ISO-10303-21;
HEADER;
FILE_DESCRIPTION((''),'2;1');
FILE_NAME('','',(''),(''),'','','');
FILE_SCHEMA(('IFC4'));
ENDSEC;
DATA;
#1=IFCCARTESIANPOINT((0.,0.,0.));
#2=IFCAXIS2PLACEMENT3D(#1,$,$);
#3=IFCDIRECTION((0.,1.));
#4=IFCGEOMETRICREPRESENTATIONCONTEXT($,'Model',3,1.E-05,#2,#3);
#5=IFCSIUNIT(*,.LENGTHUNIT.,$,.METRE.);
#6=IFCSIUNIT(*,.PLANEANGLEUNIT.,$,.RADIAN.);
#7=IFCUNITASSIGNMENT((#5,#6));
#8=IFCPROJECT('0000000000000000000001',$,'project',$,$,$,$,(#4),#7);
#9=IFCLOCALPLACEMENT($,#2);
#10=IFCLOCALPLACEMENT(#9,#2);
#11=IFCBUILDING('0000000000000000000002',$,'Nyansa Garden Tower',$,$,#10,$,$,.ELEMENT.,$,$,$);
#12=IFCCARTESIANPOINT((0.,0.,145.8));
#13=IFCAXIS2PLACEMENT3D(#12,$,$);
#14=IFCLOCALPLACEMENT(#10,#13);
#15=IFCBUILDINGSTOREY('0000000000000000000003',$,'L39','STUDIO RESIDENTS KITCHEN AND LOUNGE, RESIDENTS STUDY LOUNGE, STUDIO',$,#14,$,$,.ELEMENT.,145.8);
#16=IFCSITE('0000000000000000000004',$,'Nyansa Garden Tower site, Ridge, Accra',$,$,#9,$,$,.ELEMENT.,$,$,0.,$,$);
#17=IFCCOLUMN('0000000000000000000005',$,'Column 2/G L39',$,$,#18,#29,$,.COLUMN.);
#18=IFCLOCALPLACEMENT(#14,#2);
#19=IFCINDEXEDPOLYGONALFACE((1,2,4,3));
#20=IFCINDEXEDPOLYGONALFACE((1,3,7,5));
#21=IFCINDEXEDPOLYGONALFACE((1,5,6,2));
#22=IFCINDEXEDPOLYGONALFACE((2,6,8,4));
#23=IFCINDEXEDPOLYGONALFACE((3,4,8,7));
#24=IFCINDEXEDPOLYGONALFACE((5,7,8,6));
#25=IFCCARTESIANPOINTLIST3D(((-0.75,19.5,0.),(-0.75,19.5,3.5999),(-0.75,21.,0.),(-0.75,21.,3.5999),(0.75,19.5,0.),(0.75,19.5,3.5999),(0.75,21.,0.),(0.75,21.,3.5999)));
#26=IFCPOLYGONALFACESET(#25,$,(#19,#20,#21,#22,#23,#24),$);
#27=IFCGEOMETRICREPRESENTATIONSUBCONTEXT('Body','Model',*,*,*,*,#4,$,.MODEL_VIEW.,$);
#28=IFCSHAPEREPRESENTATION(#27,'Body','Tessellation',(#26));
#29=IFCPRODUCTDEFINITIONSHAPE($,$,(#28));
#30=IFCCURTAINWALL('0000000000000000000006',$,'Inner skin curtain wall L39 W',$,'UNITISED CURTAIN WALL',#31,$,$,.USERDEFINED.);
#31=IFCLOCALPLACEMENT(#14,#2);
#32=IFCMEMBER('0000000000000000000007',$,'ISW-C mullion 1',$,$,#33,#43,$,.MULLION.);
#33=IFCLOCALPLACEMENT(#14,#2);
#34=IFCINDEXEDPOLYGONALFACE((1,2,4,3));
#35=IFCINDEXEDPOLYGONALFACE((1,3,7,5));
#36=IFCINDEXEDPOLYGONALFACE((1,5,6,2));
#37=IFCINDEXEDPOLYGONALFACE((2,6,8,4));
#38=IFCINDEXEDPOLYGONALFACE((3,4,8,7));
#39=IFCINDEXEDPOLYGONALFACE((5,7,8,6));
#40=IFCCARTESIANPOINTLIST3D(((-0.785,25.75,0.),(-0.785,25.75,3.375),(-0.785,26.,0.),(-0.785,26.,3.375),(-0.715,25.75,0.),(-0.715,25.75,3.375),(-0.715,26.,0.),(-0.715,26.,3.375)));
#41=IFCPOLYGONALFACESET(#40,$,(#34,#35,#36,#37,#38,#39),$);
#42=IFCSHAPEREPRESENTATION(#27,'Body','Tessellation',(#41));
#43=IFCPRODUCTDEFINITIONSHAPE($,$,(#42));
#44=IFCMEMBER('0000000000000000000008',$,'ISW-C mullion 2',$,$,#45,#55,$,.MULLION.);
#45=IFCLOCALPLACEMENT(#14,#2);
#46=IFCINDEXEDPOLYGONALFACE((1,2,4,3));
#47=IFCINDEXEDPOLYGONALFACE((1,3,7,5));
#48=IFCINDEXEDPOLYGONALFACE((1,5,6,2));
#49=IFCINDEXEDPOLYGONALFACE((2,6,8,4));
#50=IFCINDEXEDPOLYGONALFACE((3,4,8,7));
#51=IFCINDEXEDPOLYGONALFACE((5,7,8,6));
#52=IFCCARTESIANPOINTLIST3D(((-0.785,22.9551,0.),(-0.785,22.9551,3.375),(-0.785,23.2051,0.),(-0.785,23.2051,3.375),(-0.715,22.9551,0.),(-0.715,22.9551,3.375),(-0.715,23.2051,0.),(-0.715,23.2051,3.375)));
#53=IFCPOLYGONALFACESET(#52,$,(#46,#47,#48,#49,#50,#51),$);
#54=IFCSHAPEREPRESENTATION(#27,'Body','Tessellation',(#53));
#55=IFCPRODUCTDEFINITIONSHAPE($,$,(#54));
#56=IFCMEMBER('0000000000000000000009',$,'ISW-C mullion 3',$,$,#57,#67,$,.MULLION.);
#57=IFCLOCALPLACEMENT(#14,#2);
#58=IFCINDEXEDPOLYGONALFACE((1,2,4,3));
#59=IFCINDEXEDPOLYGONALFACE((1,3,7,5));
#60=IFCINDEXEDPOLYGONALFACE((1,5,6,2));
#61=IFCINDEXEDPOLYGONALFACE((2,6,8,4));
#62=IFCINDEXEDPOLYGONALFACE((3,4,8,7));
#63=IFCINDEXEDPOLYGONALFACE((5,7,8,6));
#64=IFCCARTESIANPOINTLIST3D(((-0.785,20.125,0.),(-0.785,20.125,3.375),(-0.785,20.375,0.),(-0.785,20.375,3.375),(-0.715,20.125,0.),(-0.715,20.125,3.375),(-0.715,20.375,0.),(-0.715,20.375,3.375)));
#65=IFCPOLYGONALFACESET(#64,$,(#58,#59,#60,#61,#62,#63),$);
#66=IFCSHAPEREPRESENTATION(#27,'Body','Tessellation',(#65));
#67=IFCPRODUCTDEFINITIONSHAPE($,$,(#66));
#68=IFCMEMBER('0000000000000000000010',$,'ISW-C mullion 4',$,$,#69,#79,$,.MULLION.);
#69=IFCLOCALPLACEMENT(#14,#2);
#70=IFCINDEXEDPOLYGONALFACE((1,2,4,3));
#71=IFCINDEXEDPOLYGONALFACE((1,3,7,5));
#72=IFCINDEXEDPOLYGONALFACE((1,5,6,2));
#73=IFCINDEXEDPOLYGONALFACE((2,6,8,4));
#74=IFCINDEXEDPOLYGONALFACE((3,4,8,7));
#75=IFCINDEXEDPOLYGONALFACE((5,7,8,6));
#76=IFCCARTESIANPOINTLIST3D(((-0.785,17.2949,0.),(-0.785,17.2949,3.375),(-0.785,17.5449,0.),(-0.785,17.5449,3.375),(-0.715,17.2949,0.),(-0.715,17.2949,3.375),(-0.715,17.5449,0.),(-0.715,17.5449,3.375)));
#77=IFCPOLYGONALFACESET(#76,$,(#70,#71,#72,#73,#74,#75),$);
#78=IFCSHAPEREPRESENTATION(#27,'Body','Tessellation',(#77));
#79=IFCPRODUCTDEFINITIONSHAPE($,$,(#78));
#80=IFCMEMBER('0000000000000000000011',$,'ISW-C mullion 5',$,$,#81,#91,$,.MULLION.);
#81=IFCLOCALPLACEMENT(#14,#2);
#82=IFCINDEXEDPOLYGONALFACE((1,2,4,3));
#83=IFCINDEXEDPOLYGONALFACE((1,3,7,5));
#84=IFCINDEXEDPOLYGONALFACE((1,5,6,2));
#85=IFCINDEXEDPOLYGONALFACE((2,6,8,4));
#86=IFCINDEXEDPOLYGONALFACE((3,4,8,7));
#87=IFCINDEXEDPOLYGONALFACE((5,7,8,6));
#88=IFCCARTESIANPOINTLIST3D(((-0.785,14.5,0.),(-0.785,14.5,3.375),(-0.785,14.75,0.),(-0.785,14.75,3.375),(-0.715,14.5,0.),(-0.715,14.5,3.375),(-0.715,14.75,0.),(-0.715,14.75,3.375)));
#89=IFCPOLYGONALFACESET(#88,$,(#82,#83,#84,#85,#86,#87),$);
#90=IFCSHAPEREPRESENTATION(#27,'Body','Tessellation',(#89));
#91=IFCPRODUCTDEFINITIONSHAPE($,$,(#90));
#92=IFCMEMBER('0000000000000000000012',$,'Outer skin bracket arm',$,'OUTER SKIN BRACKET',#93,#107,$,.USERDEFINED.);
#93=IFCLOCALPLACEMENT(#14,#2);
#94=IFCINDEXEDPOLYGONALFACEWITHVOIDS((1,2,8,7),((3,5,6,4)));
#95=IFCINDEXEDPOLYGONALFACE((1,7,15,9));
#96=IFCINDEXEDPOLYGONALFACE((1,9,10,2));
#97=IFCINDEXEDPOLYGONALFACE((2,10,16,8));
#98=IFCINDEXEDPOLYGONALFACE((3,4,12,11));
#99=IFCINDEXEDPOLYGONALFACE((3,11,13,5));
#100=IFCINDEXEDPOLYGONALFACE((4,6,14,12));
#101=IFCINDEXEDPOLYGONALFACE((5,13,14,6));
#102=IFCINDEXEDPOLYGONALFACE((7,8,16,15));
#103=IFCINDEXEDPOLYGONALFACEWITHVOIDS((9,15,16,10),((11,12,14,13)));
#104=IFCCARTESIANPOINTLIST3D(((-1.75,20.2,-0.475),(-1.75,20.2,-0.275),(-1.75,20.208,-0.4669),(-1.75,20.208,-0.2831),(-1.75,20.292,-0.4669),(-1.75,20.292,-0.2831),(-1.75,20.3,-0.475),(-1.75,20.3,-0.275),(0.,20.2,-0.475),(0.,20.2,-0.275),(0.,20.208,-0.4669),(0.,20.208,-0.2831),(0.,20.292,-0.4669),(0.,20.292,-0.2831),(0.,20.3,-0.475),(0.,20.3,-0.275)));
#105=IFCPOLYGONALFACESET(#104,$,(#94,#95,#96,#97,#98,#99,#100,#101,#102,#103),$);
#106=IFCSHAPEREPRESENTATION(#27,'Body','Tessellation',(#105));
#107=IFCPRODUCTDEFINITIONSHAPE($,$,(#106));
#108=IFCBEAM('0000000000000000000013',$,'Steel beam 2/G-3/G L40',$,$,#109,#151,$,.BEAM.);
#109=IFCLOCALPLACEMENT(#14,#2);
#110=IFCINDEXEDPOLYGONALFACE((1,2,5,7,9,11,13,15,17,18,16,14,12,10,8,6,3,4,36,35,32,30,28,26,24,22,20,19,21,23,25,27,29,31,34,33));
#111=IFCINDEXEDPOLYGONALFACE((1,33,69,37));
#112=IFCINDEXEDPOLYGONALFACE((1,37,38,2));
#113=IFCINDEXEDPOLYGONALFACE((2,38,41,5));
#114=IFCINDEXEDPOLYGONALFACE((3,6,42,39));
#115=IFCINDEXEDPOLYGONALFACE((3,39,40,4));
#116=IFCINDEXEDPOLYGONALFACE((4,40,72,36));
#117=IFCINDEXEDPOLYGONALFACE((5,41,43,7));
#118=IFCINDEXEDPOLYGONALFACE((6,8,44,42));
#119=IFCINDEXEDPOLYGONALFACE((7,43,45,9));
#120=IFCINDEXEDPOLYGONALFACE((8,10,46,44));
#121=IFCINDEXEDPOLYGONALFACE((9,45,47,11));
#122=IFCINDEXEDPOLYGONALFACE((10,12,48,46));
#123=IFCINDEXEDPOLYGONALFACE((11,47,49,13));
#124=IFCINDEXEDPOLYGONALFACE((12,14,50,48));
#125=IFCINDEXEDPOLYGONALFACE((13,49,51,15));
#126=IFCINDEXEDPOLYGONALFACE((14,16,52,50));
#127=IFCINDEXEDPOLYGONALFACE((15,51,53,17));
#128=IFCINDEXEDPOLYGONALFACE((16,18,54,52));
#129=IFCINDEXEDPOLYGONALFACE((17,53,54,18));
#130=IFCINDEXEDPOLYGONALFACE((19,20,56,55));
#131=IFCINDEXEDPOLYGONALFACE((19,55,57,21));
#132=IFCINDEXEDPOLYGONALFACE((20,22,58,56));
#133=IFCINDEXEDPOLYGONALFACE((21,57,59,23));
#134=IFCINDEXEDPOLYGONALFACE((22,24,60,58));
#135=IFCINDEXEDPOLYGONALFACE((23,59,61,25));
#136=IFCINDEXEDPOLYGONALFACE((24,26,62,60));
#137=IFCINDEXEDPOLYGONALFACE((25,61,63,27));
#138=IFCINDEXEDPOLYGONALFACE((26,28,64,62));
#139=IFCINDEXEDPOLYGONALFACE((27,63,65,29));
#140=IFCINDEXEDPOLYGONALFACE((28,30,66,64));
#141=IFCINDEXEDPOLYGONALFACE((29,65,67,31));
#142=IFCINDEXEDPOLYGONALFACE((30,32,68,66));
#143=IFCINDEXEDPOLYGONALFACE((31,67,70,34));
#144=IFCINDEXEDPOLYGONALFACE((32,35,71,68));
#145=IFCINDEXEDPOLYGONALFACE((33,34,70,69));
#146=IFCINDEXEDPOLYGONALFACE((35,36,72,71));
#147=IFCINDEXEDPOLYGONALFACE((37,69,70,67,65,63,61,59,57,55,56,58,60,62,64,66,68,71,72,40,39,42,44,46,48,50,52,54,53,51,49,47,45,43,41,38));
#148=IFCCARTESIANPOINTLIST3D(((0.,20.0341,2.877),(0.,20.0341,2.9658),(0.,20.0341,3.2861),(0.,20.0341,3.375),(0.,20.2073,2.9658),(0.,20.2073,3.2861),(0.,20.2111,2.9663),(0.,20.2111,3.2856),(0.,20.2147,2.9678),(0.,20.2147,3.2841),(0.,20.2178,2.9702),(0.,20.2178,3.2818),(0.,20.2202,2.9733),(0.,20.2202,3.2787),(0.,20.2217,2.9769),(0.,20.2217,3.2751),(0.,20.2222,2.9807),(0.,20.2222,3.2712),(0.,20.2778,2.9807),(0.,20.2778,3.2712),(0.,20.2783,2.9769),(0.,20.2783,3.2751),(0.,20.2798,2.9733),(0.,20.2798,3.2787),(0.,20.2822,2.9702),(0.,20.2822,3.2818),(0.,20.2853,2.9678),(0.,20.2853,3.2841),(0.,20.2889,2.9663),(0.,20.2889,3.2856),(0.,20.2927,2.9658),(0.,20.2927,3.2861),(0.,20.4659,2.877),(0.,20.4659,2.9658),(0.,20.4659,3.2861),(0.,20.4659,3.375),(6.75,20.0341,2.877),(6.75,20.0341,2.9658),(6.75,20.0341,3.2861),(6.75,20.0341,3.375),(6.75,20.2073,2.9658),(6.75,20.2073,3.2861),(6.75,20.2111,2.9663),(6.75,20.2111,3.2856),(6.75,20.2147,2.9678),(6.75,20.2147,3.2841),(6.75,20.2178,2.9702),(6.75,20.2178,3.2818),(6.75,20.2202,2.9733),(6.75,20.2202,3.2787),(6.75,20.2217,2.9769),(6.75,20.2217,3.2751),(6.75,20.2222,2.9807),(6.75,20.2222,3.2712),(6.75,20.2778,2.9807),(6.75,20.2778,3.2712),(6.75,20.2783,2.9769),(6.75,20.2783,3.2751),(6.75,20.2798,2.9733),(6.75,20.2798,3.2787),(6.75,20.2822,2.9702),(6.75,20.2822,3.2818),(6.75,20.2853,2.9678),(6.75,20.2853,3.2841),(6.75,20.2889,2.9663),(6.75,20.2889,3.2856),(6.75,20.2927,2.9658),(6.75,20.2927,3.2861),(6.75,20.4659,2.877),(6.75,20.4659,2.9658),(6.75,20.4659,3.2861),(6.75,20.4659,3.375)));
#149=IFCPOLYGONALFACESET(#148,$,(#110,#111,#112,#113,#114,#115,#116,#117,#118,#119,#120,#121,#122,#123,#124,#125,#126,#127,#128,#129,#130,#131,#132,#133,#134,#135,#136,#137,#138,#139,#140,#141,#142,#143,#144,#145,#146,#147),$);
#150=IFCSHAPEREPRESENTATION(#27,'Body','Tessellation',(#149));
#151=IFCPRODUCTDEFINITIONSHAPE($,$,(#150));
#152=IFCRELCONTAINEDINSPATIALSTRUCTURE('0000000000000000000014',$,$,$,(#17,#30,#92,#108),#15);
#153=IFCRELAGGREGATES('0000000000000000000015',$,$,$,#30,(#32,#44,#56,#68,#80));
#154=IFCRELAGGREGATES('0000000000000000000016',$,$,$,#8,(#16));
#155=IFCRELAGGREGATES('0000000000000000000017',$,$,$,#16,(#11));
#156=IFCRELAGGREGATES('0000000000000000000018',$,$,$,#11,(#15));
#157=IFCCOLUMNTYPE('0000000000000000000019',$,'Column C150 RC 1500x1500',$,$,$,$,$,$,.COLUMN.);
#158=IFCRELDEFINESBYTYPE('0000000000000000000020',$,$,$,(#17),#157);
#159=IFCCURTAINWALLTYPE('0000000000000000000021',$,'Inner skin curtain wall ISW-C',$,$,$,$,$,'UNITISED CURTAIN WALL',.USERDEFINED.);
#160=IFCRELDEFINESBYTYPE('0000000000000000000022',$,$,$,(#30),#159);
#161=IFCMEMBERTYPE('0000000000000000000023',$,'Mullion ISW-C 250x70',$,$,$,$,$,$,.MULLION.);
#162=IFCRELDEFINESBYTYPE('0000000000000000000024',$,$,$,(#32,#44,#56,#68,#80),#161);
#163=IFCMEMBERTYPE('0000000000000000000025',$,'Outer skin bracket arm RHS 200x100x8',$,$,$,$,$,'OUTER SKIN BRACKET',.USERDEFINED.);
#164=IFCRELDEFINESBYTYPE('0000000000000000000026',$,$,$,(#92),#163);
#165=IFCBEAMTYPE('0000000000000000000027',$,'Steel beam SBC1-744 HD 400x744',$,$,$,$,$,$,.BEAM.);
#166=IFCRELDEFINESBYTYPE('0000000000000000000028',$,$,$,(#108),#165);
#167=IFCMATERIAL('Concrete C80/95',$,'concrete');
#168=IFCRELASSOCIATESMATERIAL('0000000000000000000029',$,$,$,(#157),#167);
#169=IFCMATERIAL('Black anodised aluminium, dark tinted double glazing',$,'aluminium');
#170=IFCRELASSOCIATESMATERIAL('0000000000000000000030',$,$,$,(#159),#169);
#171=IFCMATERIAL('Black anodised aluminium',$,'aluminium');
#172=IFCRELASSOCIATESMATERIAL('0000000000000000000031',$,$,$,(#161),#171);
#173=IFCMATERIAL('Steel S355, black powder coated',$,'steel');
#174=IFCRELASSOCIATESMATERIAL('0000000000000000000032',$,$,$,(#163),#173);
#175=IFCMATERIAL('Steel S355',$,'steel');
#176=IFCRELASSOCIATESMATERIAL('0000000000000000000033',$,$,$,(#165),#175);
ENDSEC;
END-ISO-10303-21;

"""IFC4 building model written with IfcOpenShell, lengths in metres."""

from ifc_helpers import new_model, si_unit, direction, frame, origin, origin_2d, place, context, subcontext, project, spatial, rectangle, hollow_rectangle, i_section, extrude, material, material_profile, profile_set, type_object, element, aggregate, save


model = new_model("IFC4")

# Units and contexts
model_context = context("Model", 3, precision=1e-05, world=origin(), true_north=direction((0.0, 1.0)))
body_context = subcontext(model_context, "Body", "Model", "MODEL_VIEW")
ifc_project = project(units=[si_unit("LENGTHUNIT", "METRE"), si_unit("PLANEANGLEUNIT", "RADIAN")], contexts=[model_context])

# Site, building, storey
site_placement = place(None, origin())
site = spatial("IfcSite", under=ifc_project, at=site_placement, Name="Nyansa Garden Tower site, Ridge, Accra", CompositionType="ELEMENT", RefElevation=0.0)
building_placement = place(site_placement, origin())
building = spatial("IfcBuilding", under=site, at=building_placement, Name="Nyansa Garden Tower", CompositionType="ELEMENT")
storey_placement = place(building_placement, frame((0.0, 0.0, 145.8)))
storey = spatial("IfcBuildingStorey", under=building, at=storey_placement, Name="L39", Description="STUDIO RESIDENTS KITCHEN AND LOUNGE, RESIDENTS STUDY LOUNGE, STUDIO", CompositionType="ELEMENT", Elevation=145.8)

# Column
ifc_material_1 = material(Name="Concrete C80/95", Category="concrete")
ifc_material_profile_1 = material_profile(ifc_material_1, rectangle(XDim=1.5, YDim=1.5, at=origin_2d()), Name="RC 1500x1500")
ifc_profile_set_1 = profile_set([ifc_material_profile_1], Name="Concrete C80/95")
column_type = type_object("IfcColumnType", Name="Column C150 RC 1500x1500", PredefinedType="COLUMN", material=ifc_profile_set_1)
column_placement = place(storey_placement, frame((0.0, 20.25, 0.0), z_axis=(0.0, 0.0, 1.0), x_axis=(1.0, 0.0, 0.0)))
element("IfcColumn", 1, at=column_placement, inside=storey, type_object=column_type, Name="Column 2/G L39", PredefinedType="COLUMN", context=body_context, shape_type="SweptSolid", body=[
    extrude(rectangle(XDim=1.5, YDim=1.5, at=origin_2d()), origin(), (0.0, 0.0, 1.0), 3.5999),
])

# Curtain wall, members
ifc_material_2 = material(Name="Black anodised aluminium, dark tinted double glazing", Category="aluminium")
curtain_wall_type = type_object("IfcCurtainWallType", Name="Inner skin curtain wall ISW-C", ElementType="UNITISED CURTAIN WALL", PredefinedType="USERDEFINED", material=ifc_material_2)
curtain_wall_placement = place(storey_placement, origin())
curtain_wall = element("IfcCurtainWall", 2, at=curtain_wall_placement, inside=storey, type_object=curtain_wall_type, Name="Inner skin curtain wall L39 W", ObjectType="UNITISED CURTAIN WALL", PredefinedType="USERDEFINED")
ifc_material_3 = material(Name="Black anodised aluminium", Category="aluminium")
ifc_material_profile_2 = material_profile(ifc_material_3, rectangle(XDim=0.0701, YDim=0.25, at=origin_2d()), Name="Mullion 250x70")
ifc_profile_set_2 = profile_set([ifc_material_profile_2], Name="Black anodised aluminium")
member_type_1 = type_object("IfcMemberType", Name="Mullion ISW-C 250x70", PredefinedType="MULLION", material=ifc_profile_set_2)
member_1_placement = place(storey_placement, frame((-0.75, 25.875, 0.0), z_axis=(0.0, 0.0, 1.0), x_axis=(1.0, 0.0, 0.0)))
member_1 = element("IfcMember", 3, at=member_1_placement, type_object=member_type_1, Name="ISW-C mullion 1", PredefinedType="MULLION", context=body_context, shape_type="SweptSolid", body=[
    extrude(rectangle(XDim=0.0701, YDim=0.25, at=origin_2d()), origin(), (0.0, 0.0, 1.0), 3.375),
])
member_2_placement = place(storey_placement, frame((-0.75, 23.0801, 0.0), z_axis=(0.0, 0.0, 1.0), x_axis=(1.0, 0.0, 0.0)))
member_2 = element("IfcMember", 4, at=member_2_placement, type_object=member_type_1, Name="ISW-C mullion 2", PredefinedType="MULLION", context=body_context, shape_type="SweptSolid", body=[
    extrude(rectangle(XDim=0.0701, YDim=0.25, at=origin_2d()), origin(), (0.0, 0.0, 1.0), 3.375),
])
member_3_placement = place(storey_placement, frame((-0.75, 20.25, 0.0), z_axis=(0.0, 0.0, 1.0), x_axis=(1.0, 0.0, 0.0)))
member_3 = element("IfcMember", 5, at=member_3_placement, type_object=member_type_1, Name="ISW-C mullion 3", PredefinedType="MULLION", context=body_context, shape_type="SweptSolid", body=[
    extrude(rectangle(XDim=0.0701, YDim=0.25, at=origin_2d()), origin(), (0.0, 0.0, 1.0), 3.375),
])
member_4_placement = place(storey_placement, frame((-0.75, 17.4199, 0.0), z_axis=(0.0, 0.0, 1.0), x_axis=(1.0, 0.0, 0.0)))
member_4 = element("IfcMember", 6, at=member_4_placement, type_object=member_type_1, Name="ISW-C mullion 4", PredefinedType="MULLION", context=body_context, shape_type="SweptSolid", body=[
    extrude(rectangle(XDim=0.0701, YDim=0.25, at=origin_2d()), origin(), (0.0, 0.0, 1.0), 3.375),
])
member_5_placement = place(storey_placement, frame((-0.75, 14.625, 0.0), z_axis=(0.0, 0.0, 1.0), x_axis=(1.0, 0.0, 0.0)))
member_5 = element("IfcMember", 7, at=member_5_placement, type_object=member_type_1, Name="ISW-C mullion 5", PredefinedType="MULLION", context=body_context, shape_type="SweptSolid", body=[
    extrude(rectangle(XDim=0.0701, YDim=0.25, at=origin_2d()), origin(), (0.0, 0.0, 1.0), 3.375),
])

# Member
ifc_material_4 = material(Name="Steel S355, black powder coated", Category="steel")
ifc_material_profile_3 = material_profile(ifc_material_4, hollow_rectangle(XDim=0.1001, YDim=0.2, WallThickness=0.0081, at=origin_2d()), Name="RHS 200x100x8")
ifc_profile_set_3 = profile_set([ifc_material_profile_3], Name="Steel S355, black powder coated")
member_type_2 = type_object("IfcMemberType", Name="Outer skin bracket arm RHS 200x100x8", ElementType="OUTER SKIN BRACKET", PredefinedType="USERDEFINED", material=ifc_profile_set_3)
member_6_placement = place(storey_placement, frame((0.0, 20.25, -0.375), z_axis=(-1.0, 0.0, 0.0), x_axis=(0.0, -1.0, 0.0)))
element("IfcMember", 8, at=member_6_placement, inside=storey, type_object=member_type_2, Name="Outer skin bracket arm", ObjectType="OUTER SKIN BRACKET", PredefinedType="USERDEFINED", context=body_context, shape_type="SweptSolid", body=[
    extrude(hollow_rectangle(XDim=0.1001, YDim=0.2, WallThickness=0.0081, at=origin_2d()), origin(), (0.0, 0.0, 1.0), 1.75),
])

# Beam
ifc_material_5 = material(Name="Steel S355", Category="steel")
ifc_material_profile_4 = material_profile(ifc_material_5, i_section(OverallWidth=0.4319, OverallDepth=0.498, WebThickness=0.0557, FlangeThickness=0.0889, FilletRadius=0.0149, at=origin_2d()), Name="HD 400x744")
ifc_profile_set_4 = profile_set([ifc_material_profile_4], Name="Steel S355")
beam_type_1 = type_object("IfcBeamType", Name="Steel beam SBC1-744 HD 400x744", PredefinedType="BEAM", material=ifc_profile_set_4)
beam_1_placement = place(storey_placement, frame((0.0, 20.25, 3.126), z_axis=(1.0, 0.0, 0.0), x_axis=(0.0, 1.0, 0.0)))
element("IfcBeam", 9, at=beam_1_placement, inside=storey, type_object=beam_type_1, Name="Steel beam 2/G-3/G L40", PredefinedType="BEAM", context=body_context, shape_type="SweptSolid", body=[
    extrude(i_section(OverallWidth=0.4319, OverallDepth=0.498, WebThickness=0.0557, FlangeThickness=0.0889, FilletRadius=0.0149, at=origin_2d()), origin(), (0.0, 0.0, 1.0), 6.75),
])

aggregate(curtain_wall, [member_1, member_2, member_3, member_4, member_5])

save(model, "model.ifc")
